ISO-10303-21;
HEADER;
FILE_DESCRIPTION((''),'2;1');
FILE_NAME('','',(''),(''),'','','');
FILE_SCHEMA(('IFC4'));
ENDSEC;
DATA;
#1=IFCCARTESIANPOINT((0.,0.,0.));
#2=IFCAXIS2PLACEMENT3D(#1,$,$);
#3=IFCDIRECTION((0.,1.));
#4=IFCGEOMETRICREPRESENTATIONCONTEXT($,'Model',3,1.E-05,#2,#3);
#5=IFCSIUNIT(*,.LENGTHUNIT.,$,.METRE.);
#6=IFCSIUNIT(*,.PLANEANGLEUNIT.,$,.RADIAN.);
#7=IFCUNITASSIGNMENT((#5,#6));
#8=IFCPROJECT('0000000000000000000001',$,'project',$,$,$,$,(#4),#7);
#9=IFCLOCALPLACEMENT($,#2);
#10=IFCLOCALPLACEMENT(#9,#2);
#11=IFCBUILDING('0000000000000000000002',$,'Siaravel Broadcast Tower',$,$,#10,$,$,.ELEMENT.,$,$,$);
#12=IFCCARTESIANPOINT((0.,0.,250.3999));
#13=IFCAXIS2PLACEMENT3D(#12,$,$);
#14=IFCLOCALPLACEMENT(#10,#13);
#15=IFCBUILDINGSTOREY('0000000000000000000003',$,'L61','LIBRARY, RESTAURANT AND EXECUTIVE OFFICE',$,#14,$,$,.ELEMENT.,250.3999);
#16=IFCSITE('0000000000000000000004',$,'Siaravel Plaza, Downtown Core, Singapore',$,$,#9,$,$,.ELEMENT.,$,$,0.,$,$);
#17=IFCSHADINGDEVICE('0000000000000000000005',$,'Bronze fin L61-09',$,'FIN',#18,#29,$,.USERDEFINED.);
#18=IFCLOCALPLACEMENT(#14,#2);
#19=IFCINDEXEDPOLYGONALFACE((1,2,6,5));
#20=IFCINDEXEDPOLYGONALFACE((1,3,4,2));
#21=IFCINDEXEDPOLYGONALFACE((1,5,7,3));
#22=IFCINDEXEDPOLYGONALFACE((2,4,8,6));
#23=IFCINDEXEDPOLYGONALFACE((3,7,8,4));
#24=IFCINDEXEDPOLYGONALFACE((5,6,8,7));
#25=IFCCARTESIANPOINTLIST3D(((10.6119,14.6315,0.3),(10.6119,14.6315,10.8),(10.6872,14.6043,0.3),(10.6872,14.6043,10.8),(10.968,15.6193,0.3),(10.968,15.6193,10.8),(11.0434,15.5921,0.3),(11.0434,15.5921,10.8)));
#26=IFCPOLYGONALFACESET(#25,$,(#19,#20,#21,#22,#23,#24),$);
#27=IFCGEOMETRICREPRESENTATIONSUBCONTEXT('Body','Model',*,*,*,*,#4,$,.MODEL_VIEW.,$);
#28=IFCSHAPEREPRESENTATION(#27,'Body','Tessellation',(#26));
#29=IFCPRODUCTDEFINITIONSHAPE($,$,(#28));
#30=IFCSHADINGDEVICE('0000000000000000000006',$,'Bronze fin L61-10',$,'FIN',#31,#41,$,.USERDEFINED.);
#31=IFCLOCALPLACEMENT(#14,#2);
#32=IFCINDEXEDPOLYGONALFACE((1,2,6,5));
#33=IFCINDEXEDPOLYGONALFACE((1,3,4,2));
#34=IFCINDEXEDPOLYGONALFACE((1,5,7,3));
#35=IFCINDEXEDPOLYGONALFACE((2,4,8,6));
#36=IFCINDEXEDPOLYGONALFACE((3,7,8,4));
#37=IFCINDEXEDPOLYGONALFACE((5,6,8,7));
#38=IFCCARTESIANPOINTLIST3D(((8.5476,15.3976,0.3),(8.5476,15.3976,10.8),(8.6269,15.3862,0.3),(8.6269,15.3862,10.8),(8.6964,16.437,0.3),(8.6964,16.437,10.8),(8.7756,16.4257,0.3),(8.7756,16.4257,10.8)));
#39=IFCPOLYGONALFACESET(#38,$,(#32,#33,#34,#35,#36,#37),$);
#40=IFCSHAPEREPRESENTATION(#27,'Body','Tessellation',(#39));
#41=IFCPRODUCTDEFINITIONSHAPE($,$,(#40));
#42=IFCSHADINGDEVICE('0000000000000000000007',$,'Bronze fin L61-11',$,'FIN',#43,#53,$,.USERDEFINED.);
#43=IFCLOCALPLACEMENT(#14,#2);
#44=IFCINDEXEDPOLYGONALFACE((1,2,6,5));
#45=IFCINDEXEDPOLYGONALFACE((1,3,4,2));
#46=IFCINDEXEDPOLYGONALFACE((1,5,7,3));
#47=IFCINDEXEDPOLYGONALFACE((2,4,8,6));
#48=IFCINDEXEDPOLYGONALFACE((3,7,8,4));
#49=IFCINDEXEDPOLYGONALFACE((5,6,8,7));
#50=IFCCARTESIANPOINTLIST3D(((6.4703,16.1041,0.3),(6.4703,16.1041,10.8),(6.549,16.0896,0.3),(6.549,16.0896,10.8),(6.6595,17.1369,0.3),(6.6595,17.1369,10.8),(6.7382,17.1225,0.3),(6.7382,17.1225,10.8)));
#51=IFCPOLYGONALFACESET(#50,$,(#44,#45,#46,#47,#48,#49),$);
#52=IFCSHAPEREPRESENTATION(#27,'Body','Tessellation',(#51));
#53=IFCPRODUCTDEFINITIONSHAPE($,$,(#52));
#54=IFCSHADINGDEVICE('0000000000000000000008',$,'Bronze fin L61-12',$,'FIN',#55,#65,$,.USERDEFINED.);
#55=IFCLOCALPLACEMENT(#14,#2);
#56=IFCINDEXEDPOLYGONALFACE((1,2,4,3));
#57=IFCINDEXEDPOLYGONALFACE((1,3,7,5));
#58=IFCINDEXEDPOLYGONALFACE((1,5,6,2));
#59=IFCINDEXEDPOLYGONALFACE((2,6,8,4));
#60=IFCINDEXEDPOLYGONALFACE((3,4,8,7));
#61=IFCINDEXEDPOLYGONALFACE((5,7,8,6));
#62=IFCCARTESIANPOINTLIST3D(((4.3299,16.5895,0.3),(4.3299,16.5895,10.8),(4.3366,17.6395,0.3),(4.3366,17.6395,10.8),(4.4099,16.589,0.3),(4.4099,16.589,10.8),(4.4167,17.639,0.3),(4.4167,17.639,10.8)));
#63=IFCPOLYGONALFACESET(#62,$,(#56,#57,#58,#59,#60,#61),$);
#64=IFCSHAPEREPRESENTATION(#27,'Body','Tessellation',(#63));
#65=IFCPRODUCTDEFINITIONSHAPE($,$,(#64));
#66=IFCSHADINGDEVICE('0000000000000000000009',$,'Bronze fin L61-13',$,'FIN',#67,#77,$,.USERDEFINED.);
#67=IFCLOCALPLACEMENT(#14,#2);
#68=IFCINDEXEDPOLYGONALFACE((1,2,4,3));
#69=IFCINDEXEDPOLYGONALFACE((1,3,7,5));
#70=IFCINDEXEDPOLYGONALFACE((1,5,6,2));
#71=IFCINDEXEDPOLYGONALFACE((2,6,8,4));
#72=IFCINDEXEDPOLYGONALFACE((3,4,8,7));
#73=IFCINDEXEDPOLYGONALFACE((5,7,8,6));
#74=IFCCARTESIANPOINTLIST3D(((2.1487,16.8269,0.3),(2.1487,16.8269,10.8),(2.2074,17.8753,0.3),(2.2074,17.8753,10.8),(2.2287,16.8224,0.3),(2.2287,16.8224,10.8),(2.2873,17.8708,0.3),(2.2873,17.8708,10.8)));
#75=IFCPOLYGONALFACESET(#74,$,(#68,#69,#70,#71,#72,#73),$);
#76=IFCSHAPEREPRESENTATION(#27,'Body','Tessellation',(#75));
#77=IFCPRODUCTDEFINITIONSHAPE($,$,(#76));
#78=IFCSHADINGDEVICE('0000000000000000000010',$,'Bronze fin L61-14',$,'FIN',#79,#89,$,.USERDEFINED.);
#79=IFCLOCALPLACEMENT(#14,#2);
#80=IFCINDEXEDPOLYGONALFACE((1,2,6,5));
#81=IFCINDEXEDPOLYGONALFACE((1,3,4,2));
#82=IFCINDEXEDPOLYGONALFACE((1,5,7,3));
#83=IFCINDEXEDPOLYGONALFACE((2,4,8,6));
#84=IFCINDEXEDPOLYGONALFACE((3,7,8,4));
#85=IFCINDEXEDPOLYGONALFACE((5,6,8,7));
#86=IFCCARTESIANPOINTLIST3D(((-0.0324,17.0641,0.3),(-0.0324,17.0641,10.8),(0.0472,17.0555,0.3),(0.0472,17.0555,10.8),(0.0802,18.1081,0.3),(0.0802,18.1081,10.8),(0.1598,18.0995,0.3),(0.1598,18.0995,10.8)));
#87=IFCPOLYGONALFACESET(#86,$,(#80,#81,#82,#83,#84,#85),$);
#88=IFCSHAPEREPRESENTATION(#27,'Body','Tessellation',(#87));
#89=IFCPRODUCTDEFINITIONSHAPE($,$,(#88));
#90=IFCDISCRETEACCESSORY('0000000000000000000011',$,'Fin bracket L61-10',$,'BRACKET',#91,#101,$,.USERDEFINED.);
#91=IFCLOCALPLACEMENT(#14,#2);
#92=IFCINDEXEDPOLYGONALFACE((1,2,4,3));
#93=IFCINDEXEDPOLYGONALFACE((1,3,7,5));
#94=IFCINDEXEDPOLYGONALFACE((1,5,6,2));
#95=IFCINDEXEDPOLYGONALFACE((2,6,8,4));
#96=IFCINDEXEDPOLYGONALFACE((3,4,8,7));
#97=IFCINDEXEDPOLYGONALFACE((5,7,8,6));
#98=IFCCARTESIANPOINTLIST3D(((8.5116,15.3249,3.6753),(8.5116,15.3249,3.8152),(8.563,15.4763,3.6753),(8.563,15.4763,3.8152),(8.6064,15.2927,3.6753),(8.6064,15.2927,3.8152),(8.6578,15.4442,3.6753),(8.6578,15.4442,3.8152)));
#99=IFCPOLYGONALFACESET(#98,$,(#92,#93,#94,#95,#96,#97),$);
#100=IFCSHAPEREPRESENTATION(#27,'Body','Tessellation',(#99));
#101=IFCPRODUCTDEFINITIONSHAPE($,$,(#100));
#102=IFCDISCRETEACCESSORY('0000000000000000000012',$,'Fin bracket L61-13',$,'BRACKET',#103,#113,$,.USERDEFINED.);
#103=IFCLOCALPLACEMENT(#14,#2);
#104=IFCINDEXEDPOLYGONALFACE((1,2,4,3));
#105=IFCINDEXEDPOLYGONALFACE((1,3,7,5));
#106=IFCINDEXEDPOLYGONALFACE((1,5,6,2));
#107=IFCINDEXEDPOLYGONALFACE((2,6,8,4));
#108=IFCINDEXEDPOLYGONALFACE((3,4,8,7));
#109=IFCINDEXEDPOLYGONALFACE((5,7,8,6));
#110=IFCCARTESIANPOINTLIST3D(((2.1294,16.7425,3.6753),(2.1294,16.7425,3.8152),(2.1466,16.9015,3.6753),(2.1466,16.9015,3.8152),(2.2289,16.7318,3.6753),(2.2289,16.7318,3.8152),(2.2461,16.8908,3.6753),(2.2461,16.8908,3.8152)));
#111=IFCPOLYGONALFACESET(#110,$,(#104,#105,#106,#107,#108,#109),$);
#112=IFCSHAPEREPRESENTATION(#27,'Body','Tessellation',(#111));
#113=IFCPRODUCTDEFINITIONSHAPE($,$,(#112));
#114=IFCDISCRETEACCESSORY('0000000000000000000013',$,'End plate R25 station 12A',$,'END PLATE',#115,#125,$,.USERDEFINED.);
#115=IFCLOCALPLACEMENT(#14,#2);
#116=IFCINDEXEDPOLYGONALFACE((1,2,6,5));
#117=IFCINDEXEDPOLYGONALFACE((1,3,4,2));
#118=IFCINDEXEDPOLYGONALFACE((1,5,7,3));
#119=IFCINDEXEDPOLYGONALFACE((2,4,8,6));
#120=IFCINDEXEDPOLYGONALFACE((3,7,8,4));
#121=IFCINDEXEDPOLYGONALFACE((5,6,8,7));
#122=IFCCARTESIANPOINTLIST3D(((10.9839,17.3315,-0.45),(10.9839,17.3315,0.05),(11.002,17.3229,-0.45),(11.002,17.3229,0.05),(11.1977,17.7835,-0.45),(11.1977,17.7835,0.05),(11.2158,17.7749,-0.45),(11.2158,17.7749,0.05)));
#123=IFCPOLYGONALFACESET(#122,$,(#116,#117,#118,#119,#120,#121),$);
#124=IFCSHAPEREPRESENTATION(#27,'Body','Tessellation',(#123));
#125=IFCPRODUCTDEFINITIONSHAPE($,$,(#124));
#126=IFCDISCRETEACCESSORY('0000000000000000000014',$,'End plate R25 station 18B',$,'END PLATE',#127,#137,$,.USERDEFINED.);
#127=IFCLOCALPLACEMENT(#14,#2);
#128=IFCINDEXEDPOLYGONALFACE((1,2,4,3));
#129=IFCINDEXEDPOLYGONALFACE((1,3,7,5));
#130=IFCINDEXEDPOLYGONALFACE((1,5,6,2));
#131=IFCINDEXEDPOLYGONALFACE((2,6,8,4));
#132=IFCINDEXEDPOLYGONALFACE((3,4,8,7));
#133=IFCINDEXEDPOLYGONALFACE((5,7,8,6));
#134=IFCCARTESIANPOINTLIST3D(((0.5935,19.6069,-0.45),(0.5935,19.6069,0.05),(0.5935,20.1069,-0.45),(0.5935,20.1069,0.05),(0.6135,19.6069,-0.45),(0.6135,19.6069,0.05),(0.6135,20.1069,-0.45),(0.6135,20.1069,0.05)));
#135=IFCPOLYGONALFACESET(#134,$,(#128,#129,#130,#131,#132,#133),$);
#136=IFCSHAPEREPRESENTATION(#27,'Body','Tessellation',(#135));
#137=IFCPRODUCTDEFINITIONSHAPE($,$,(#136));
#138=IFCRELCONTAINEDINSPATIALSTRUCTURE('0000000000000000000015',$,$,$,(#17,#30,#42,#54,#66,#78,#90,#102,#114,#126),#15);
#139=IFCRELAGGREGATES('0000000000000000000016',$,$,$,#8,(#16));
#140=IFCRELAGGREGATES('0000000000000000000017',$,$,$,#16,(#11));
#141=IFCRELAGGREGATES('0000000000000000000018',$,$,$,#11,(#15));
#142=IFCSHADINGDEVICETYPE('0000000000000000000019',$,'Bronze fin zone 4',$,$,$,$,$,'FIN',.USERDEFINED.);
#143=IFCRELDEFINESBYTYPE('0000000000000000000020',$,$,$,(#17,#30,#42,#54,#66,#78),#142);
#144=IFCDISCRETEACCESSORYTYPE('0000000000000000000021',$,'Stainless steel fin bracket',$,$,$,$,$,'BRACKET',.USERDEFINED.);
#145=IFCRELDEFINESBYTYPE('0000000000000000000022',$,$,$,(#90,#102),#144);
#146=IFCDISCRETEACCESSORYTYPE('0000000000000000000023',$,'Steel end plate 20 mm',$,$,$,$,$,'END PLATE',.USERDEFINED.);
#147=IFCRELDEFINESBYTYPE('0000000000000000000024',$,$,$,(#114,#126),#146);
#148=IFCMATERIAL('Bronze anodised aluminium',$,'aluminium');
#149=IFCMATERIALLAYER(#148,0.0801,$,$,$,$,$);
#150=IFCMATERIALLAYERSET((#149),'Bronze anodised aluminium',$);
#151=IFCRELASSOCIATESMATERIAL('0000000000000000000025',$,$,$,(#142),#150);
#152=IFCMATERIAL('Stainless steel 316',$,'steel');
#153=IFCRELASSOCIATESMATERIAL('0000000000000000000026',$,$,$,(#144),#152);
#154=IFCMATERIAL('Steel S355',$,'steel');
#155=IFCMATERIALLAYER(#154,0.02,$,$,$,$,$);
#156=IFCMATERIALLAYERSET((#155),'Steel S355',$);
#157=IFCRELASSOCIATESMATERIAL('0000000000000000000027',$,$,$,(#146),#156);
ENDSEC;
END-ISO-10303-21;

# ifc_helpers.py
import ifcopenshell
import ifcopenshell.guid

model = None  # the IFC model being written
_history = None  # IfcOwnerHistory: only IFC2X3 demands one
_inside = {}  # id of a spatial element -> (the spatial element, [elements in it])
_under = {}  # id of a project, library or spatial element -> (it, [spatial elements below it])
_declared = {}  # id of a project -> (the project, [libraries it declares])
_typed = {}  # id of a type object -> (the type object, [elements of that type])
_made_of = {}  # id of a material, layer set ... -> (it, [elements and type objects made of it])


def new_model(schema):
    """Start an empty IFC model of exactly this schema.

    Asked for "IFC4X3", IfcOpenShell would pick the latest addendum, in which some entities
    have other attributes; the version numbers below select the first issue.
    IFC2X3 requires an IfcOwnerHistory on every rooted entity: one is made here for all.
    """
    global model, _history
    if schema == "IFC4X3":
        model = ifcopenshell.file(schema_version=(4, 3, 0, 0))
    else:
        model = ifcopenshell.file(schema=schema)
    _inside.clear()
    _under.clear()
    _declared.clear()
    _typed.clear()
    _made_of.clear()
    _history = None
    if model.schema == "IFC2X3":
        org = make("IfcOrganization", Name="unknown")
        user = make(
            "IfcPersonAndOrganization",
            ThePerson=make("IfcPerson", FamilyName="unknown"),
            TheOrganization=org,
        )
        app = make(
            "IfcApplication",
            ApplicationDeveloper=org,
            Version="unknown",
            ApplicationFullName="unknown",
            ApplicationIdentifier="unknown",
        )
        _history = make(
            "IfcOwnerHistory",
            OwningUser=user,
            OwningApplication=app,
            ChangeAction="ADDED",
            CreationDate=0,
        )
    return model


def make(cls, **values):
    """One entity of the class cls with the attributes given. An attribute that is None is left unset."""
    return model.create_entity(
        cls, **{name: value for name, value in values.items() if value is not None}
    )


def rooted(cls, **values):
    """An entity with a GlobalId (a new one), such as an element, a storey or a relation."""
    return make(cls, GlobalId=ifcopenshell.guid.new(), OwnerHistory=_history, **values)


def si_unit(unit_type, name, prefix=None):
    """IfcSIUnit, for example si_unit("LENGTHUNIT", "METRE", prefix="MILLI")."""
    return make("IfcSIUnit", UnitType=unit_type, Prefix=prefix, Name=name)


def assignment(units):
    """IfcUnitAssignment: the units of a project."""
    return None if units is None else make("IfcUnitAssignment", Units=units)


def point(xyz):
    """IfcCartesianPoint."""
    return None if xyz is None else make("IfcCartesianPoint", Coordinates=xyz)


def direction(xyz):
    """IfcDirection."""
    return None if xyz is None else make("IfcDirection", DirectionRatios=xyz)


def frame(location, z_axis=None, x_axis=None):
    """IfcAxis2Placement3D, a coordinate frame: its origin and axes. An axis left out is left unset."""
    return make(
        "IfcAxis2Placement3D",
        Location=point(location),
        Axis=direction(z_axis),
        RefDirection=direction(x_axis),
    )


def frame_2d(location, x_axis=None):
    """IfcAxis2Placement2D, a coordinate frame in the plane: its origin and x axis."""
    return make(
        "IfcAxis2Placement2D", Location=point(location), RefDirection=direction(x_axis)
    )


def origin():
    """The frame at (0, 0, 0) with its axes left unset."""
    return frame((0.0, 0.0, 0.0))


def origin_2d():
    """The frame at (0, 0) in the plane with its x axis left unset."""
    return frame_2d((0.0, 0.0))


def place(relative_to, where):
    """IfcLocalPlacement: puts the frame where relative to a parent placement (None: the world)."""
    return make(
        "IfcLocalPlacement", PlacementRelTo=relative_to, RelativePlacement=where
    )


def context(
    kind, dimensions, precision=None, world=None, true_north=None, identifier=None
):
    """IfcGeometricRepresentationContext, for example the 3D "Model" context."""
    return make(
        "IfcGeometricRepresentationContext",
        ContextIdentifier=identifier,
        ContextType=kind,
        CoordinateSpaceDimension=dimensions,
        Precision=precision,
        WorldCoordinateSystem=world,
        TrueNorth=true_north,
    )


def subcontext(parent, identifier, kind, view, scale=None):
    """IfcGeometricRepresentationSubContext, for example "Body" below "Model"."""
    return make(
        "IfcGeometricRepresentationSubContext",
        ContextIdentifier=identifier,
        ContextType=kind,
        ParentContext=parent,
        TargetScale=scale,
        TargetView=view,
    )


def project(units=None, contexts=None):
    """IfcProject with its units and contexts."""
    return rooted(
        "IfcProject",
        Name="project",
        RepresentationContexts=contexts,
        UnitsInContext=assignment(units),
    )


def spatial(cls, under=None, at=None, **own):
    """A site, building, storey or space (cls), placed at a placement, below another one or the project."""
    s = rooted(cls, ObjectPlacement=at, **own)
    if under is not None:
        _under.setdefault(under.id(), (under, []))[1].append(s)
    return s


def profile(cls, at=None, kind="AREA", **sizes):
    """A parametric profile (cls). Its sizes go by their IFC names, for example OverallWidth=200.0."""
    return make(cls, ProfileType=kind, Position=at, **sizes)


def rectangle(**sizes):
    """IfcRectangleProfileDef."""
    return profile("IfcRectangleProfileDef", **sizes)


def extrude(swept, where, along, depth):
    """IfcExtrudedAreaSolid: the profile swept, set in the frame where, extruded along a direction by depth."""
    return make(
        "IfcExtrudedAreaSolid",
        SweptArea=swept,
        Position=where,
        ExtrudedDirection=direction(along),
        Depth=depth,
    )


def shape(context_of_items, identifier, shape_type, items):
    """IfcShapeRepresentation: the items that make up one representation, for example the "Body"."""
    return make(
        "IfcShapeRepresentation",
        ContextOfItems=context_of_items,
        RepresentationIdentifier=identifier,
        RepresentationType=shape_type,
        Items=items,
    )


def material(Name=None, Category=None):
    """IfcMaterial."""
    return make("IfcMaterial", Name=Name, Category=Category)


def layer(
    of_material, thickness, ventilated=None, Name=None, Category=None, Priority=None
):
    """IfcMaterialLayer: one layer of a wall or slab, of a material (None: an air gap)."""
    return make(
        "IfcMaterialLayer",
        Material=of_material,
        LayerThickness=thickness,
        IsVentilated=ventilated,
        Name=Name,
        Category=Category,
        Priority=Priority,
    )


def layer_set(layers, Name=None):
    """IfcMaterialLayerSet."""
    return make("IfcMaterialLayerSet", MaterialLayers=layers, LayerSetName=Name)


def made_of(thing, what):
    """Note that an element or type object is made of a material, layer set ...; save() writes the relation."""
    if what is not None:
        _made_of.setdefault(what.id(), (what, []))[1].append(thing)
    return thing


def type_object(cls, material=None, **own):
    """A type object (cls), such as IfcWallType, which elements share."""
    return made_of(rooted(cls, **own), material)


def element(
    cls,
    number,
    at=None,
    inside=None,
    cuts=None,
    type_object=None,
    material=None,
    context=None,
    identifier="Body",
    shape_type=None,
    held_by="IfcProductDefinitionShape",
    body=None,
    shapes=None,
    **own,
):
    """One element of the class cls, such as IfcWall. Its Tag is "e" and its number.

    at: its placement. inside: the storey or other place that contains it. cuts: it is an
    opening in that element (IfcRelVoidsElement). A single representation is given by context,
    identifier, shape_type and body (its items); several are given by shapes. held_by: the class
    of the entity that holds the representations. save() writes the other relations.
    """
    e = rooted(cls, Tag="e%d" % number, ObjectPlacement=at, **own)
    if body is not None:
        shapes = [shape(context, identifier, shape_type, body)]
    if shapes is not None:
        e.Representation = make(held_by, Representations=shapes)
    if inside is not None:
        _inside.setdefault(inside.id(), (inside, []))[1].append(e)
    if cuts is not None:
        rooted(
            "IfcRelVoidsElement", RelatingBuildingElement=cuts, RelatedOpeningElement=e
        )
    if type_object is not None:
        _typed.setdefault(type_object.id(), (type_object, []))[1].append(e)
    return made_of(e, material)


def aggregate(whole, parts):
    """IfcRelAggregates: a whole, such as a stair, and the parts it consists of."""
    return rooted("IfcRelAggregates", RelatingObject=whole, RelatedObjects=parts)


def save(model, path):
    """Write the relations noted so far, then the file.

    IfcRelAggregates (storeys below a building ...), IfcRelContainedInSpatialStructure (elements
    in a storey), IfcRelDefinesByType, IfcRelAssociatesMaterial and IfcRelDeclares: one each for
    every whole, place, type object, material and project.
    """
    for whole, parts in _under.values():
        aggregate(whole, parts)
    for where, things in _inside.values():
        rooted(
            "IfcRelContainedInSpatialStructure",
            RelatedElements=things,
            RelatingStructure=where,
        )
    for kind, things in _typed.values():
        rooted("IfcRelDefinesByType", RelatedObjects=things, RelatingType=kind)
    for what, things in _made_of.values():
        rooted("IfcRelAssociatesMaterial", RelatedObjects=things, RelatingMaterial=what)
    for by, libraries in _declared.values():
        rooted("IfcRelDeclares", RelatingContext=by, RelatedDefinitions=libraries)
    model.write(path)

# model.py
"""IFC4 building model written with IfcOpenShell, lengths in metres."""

from ifc_helpers import new_model, si_unit, direction, frame, origin, origin_2d, place, context, subcontext, project, spatial, rectangle, extrude, material, layer, layer_set, type_object, element, save


model = new_model("IFC4")

# Units and contexts
model_context = context("Model", 3, precision=1e-05, world=origin(), true_north=direction((0.0, 1.0)))
body_context = subcontext(model_context, "Body", "Model", "MODEL_VIEW")
ifc_project = project(units=[si_unit("LENGTHUNIT", "METRE"), si_unit("PLANEANGLEUNIT", "RADIAN")], contexts=[model_context])

# Site, building, storey
site_placement = place(None, origin())
site = spatial("IfcSite", under=ifc_project, at=site_placement, Name="Siaravel Plaza, Downtown Core, Singapore", CompositionType="ELEMENT", RefElevation=0.0)
building_placement = place(site_placement, origin())
building = spatial("IfcBuilding", under=site, at=building_placement, Name="Siaravel Broadcast Tower", CompositionType="ELEMENT")
storey_placement = place(building_placement, frame((0.0, 0.0, 250.3999)))
storey = spatial("IfcBuildingStorey", under=building, at=storey_placement, Name="L61", Description="LIBRARY, RESTAURANT AND EXECUTIVE OFFICE", CompositionType="ELEMENT", Elevation=250.3999)

# Shared definitions
ifc_material_1 = material(Name="Steel S355", Category="steel")

# Shading devices
ifc_material_2 = material(Name="Bronze anodised aluminium", Category="aluminium")
ifc_layer_1 = layer(ifc_material_2, 0.0801)
ifc_layer_set_1 = layer_set([ifc_layer_1], Name="Bronze anodised aluminium")
shading_device_type = type_object("IfcShadingDeviceType", Name="Bronze fin zone 4", ElementType="FIN", PredefinedType="USERDEFINED", material=ifc_layer_set_1)
for number, where, z_axis, x_axis, name in (
    (1, (10.8276, 15.1118, 0.3), (0.0, 0.0, 1.0), (0.339173, 0.940724, 0.0), "Bronze fin L61-09"),
    (2, (8.6616, 15.9116, 0.3), (0.0, 0.0, 1.0), (0.141682, 0.989912, 0.0), "Bronze fin L61-10"),
    (3, (6.6042, 16.6133, 0.3), (0.0, 0.0, 1.0), (0.180166, 0.983636, 0.0), "Bronze fin L61-11"),
    (4, (4.3733, 17.1143, 0.3), (0.0, 0.0, 1.0), (0.006451, 0.999979, 0.0), "Bronze fin L61-12"),
    (5, (2.218, 17.3489, 0.3), (0.0, 0.0, 1.0), (0.055874, 0.998438, 0.0), "Bronze fin L61-13"),
    (6, (0.0637, 17.5818, 0.3), (0.0, 0.0, 1.0), (0.107219, 0.994235, 0.0), "Bronze fin L61-14"),
):
    element("IfcShadingDevice", number, at=place(storey_placement, frame(where, z_axis=z_axis, x_axis=x_axis)), inside=storey, type_object=shading_device_type, Name=name, ObjectType="FIN", PredefinedType="USERDEFINED", context=body_context, shape_type="SweptSolid", body=[
        extrude(rectangle(XDim=1.05, YDim=0.0801, at=origin_2d()), origin(), (0.0, 0.0, 1.0), 10.5),
    ])

# Discrete accessories
ifc_material_3 = material(Name="Stainless steel 316", Category="steel")
discrete_accessory_type_1 = type_object("IfcDiscreteAccessoryType", Name="Stainless steel fin bracket", ElementType="BRACKET", PredefinedType="USERDEFINED", material=ifc_material_3)
for number, where, z_axis, x_axis, name in (
    (7, (8.5847, 15.3845, 3.6753), (0.0, 0.0, 1.0), (0.321302, 0.946977, 0.0), "Fin bracket L61-10"),
    (8, (2.1877, 16.8167, 3.6753), (0.0, 0.0, 1.0), (0.107219, 0.994235, 0.0), "Fin bracket L61-13"),
):
    element("IfcDiscreteAccessory", number, at=place(storey_placement, frame(where, z_axis=z_axis, x_axis=x_axis)), inside=storey, type_object=discrete_accessory_type_1, Name=name, ObjectType="BRACKET", PredefinedType="USERDEFINED", context=body_context, shape_type="SweptSolid", body=[
        extrude(rectangle(XDim=0.1599, YDim=0.1001, at=origin_2d()), origin(), (0.0, 0.0, 1.0), 0.1399),
    ])
ifc_layer_2 = layer(ifc_material_1, 0.02)
ifc_layer_set_2 = layer_set([ifc_layer_2], Name="Steel S355")
discrete_accessory_type_2 = type_object("IfcDiscreteAccessoryType", Name="Steel end plate 20 mm", ElementType="END PLATE", PredefinedType="USERDEFINED", material=ifc_layer_set_2)
for number, where, z_axis, x_axis, name in (
    (9, (11.0999, 17.5532, -0.45), (0.0, 0.0, 1.0), (-0.904006, 0.427519, 0.0), "End plate R25 station 12A"),
    (10, (0.6035, 19.8569, -0.45), (0.0, 0.0, 1.0), (-1.0, 0.0, 0.0), "End plate R25 station 18B"),
):
    element("IfcDiscreteAccessory", number, at=place(storey_placement, frame(where, z_axis=z_axis, x_axis=x_axis)), inside=storey, type_object=discrete_accessory_type_2, Name=name, ObjectType="END PLATE", PredefinedType="USERDEFINED", context=body_context, shape_type="SweptSolid", body=[
        extrude(rectangle(XDim=0.02, YDim=0.5, at=origin_2d()), origin(), (0.0, 0.0, 1.0), 0.5),
    ])

save(model, "model.ifc")
